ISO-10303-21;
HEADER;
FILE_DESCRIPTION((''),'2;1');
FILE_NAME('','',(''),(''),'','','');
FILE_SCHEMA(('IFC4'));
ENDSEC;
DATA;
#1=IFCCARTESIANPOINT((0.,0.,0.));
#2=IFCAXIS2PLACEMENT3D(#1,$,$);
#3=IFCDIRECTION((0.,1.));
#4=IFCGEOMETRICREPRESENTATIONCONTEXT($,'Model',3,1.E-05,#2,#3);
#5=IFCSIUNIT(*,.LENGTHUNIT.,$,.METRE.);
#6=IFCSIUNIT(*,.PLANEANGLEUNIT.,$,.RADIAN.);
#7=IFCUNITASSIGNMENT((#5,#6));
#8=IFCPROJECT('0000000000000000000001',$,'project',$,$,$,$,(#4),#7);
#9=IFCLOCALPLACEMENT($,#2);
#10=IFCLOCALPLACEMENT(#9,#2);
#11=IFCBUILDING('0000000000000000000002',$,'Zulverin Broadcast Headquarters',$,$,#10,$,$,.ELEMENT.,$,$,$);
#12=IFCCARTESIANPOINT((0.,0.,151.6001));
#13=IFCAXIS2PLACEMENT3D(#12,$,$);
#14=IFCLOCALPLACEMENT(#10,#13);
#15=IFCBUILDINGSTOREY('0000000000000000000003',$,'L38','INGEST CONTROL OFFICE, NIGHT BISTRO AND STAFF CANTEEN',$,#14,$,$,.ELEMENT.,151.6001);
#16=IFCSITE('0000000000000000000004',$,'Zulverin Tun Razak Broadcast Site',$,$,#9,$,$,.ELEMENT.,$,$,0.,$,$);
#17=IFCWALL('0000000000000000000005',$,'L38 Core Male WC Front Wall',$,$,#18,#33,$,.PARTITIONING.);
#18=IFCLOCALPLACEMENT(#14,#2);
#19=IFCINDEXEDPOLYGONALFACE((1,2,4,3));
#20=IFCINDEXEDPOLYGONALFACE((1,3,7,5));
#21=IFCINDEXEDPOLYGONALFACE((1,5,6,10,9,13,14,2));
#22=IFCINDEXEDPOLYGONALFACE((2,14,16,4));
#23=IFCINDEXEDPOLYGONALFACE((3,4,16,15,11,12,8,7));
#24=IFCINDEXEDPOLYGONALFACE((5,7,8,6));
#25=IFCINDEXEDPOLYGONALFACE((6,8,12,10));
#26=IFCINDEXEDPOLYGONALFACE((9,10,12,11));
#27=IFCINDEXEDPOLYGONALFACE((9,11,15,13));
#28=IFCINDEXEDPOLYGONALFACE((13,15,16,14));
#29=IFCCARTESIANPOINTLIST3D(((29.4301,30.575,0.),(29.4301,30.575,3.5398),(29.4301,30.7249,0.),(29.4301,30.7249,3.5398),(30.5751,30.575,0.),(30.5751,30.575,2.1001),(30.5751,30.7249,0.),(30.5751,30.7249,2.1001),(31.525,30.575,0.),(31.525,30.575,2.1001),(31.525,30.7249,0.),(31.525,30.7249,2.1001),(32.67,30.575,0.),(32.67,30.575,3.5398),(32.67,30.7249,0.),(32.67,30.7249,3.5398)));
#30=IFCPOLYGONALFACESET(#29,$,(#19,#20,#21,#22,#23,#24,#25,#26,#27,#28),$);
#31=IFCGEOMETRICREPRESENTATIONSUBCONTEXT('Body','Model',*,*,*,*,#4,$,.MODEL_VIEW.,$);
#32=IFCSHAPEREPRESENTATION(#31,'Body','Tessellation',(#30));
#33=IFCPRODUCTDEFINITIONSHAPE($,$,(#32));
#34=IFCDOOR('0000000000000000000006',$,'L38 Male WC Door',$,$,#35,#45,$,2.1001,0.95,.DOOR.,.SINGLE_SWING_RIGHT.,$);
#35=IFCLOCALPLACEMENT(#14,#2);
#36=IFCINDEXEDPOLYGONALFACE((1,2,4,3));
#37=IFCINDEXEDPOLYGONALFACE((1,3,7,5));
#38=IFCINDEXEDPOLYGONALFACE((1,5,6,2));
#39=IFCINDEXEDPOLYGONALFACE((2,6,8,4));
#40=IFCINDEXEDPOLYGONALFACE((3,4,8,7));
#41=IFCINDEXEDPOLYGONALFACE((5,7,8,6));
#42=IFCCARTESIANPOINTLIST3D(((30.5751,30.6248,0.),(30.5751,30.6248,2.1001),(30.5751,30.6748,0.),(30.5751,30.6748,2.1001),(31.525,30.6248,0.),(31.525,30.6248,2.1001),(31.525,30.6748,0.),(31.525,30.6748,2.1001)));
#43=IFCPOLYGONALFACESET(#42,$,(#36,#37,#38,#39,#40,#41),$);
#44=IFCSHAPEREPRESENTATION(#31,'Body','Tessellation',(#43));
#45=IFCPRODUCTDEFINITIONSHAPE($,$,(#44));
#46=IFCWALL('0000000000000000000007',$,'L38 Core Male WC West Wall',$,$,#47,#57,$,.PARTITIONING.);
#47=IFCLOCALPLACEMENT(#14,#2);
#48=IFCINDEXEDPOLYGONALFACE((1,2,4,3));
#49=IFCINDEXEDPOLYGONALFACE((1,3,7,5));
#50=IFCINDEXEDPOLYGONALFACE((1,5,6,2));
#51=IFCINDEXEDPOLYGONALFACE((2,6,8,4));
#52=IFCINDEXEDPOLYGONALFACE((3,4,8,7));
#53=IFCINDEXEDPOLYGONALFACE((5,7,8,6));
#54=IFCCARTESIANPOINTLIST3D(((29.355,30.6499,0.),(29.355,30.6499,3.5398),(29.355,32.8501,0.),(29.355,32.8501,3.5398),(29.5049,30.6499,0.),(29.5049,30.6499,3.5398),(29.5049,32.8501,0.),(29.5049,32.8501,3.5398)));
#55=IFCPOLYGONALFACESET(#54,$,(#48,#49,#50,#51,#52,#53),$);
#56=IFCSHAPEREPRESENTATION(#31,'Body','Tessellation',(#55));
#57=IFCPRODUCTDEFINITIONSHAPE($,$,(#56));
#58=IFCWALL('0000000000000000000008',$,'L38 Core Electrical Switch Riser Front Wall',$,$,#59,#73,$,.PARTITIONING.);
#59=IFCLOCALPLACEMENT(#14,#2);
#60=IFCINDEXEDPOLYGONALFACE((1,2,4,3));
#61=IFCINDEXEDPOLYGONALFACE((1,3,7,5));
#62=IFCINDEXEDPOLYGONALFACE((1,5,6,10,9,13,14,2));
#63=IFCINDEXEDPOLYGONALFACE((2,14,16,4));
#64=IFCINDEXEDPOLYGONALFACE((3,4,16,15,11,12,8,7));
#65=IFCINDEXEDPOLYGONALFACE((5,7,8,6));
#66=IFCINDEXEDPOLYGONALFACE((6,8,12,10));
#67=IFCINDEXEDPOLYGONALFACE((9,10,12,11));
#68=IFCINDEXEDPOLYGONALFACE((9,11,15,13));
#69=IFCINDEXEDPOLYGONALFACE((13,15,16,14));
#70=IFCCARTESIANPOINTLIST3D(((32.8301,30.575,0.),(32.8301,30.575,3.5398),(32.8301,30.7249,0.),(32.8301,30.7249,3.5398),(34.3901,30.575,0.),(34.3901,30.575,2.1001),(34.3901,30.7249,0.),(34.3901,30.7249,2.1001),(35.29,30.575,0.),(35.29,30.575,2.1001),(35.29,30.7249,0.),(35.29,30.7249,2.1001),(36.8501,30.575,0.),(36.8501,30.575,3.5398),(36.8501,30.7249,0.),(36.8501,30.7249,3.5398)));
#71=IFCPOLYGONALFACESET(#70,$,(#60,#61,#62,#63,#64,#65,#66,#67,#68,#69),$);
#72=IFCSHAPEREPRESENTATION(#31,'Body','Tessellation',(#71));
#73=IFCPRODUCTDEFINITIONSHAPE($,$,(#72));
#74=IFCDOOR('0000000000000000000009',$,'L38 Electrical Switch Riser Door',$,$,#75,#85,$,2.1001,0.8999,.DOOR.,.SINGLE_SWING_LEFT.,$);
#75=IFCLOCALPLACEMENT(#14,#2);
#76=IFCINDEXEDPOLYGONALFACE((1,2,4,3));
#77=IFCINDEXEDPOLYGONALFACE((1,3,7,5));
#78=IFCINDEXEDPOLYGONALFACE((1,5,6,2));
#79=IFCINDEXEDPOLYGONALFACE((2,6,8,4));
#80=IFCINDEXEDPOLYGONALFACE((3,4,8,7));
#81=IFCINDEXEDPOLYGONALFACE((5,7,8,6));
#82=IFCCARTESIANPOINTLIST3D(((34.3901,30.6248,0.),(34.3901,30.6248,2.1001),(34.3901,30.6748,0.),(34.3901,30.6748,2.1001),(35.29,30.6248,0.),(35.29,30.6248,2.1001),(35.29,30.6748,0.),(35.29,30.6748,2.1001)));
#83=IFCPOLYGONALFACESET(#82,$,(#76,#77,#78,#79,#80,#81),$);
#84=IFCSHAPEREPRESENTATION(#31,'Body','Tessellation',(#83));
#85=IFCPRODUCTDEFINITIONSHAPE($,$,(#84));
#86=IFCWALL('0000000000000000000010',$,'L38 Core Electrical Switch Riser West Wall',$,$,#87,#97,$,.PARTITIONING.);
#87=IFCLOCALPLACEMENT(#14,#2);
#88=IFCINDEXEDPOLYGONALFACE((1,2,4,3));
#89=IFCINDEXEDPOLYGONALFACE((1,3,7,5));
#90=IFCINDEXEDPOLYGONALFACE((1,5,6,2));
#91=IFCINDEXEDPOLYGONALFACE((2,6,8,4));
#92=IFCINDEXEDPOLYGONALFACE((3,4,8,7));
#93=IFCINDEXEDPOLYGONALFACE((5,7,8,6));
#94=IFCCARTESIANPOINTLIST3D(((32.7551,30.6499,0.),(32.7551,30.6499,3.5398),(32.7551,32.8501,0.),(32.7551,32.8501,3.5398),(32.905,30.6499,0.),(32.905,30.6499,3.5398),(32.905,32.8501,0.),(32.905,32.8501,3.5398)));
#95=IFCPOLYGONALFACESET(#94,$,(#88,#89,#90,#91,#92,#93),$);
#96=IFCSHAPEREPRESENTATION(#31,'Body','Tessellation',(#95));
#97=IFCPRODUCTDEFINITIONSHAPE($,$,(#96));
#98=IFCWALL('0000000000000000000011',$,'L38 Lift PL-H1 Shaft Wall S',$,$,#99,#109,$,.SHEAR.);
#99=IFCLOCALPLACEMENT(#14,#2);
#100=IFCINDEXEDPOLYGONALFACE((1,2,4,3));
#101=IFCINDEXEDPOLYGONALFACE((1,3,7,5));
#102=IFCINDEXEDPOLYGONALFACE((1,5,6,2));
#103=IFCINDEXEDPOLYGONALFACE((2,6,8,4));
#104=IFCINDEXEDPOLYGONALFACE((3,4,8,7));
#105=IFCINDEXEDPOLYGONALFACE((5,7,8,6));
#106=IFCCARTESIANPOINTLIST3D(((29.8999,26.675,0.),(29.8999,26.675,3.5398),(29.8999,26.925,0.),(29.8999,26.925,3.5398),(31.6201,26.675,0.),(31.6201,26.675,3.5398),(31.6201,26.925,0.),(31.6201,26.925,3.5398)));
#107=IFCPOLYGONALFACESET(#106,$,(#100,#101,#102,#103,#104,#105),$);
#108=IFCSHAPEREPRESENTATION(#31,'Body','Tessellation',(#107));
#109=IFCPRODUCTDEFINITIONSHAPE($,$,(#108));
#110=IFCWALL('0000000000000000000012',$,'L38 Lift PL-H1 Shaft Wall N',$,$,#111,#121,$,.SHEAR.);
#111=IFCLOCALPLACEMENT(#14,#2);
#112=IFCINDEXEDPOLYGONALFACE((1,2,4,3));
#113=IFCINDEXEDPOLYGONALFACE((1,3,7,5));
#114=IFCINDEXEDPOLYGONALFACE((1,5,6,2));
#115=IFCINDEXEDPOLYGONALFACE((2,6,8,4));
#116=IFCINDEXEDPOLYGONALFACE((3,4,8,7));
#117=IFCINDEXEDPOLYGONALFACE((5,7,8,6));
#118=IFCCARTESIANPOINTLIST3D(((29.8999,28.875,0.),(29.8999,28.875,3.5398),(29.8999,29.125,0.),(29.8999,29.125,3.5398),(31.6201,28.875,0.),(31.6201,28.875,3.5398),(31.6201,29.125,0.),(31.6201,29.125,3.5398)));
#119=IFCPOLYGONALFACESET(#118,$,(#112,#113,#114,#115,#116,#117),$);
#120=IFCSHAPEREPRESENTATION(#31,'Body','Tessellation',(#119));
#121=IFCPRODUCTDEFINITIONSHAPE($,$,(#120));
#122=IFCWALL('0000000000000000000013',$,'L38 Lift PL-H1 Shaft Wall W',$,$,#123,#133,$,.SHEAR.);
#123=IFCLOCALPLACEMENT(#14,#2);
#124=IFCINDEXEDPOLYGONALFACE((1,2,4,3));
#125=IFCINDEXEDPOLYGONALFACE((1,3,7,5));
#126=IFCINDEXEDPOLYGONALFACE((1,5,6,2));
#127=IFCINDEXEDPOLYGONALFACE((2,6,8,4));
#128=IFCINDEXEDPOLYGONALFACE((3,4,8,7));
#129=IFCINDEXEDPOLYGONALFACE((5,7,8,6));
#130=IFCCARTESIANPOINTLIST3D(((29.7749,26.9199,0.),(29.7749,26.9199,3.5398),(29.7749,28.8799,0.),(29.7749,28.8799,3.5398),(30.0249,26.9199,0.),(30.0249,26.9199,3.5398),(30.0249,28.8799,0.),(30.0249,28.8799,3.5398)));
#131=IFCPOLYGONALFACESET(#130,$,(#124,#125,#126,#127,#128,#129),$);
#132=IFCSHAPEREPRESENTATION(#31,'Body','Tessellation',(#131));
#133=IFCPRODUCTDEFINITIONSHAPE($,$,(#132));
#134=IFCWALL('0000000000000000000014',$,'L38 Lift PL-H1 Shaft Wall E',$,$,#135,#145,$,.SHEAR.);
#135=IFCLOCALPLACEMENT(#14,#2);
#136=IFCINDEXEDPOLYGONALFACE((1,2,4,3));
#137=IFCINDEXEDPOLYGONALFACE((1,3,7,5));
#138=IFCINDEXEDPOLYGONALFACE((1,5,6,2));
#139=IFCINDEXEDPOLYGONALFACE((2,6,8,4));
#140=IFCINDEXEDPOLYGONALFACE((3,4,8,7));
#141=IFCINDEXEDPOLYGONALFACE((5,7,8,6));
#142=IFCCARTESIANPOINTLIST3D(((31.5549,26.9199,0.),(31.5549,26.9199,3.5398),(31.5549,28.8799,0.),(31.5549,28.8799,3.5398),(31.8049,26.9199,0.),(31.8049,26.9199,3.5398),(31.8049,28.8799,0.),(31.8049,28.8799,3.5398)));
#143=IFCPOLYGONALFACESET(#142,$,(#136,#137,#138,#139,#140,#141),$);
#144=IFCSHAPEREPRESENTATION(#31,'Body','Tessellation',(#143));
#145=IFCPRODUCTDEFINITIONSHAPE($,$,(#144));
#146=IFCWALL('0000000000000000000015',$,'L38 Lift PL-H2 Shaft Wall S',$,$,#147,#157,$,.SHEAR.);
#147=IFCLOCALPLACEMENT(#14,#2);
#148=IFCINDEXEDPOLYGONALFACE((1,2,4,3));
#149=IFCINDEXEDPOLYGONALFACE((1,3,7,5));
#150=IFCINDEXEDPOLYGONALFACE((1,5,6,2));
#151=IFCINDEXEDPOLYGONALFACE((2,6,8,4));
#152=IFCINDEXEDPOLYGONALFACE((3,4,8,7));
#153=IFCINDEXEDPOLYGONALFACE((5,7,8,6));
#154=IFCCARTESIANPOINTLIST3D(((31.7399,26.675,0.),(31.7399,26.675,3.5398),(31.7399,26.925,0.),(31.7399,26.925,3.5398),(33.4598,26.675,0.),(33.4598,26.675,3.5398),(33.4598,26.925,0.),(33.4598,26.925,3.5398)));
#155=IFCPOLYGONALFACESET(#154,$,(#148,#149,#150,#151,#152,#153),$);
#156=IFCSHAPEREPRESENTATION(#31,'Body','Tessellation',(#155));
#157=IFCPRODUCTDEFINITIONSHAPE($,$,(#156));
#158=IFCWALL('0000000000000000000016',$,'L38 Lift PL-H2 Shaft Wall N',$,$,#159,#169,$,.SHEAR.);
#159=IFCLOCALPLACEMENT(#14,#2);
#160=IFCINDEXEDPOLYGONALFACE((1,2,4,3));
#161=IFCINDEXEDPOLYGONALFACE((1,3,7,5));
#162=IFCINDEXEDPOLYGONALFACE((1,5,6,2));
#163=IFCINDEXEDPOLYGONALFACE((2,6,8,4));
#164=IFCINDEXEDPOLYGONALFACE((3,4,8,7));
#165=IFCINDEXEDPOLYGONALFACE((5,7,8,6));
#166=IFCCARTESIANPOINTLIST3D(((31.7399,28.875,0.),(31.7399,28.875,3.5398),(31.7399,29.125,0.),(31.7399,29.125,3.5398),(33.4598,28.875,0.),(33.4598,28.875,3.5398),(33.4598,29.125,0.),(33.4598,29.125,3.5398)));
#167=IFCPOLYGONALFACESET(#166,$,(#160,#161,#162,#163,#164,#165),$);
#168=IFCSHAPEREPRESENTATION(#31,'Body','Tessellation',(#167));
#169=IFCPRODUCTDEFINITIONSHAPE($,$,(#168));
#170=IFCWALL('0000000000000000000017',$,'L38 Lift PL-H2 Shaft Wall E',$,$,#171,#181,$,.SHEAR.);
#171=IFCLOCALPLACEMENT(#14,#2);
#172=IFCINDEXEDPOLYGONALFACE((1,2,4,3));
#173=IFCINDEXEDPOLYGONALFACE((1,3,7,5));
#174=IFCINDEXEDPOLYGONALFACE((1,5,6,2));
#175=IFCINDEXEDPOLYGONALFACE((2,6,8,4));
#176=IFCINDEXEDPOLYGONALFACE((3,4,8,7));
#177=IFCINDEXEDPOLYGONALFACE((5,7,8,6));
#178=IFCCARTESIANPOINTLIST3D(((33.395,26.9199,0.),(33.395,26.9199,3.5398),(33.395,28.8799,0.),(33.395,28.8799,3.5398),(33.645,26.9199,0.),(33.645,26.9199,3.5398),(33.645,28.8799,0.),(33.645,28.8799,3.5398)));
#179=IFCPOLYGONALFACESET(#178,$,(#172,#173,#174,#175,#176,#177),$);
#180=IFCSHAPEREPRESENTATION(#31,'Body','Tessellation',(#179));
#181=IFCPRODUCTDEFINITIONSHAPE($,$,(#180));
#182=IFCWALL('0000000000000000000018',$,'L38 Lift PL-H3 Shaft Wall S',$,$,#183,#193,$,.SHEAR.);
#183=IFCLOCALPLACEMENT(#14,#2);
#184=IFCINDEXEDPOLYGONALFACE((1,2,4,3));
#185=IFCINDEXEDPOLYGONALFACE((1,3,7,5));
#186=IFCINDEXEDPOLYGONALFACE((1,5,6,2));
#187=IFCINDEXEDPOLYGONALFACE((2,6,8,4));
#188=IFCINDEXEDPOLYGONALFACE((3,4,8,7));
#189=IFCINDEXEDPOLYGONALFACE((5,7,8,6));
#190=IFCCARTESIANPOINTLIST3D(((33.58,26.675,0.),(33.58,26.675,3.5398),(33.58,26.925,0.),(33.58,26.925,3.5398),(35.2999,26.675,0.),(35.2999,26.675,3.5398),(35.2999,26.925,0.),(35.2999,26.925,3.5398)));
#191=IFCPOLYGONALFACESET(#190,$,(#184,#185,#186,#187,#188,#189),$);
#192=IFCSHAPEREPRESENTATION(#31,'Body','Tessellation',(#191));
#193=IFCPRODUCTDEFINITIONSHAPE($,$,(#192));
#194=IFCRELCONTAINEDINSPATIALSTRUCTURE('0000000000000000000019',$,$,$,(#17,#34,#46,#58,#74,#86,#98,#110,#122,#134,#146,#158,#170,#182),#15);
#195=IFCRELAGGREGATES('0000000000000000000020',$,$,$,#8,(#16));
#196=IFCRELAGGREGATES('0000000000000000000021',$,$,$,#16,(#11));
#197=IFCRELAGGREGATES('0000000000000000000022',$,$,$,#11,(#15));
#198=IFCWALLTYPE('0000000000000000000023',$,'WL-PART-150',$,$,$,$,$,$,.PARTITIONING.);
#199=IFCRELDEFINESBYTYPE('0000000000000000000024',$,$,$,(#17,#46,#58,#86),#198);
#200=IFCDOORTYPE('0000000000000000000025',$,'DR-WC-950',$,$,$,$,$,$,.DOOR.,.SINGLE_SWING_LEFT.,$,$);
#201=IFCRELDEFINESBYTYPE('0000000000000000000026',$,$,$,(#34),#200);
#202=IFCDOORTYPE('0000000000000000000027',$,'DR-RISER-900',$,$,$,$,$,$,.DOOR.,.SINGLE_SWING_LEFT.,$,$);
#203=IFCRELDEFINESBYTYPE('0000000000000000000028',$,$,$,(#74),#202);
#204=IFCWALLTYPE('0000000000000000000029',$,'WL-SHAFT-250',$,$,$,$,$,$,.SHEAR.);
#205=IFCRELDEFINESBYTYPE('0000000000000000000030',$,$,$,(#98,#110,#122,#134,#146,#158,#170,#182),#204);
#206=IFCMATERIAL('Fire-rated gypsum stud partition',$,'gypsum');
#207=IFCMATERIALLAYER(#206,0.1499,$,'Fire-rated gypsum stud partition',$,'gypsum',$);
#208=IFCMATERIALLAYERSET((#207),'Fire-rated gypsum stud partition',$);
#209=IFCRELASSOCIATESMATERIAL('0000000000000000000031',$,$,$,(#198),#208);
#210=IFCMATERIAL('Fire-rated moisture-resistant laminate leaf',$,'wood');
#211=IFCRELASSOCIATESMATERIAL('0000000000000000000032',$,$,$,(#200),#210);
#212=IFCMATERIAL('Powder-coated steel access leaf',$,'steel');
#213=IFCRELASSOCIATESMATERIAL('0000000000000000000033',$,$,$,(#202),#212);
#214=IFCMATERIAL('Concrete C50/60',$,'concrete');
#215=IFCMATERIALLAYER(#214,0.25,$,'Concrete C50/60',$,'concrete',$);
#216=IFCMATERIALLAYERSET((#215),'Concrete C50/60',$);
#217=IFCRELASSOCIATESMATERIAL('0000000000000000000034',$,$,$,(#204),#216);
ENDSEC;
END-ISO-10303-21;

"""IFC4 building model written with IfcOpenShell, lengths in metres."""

from ifc_helpers import new_model, si_unit, direction, frame, frame_2d, origin, place, context, subcontext, project, spatial, rectangle, extrude, material, layer, layer_set, type_object, element, fill, save


model = new_model("IFC4")

# Units and contexts
model_context = context("Model", 3, precision=1e-05, world=origin(), true_north=direction((0.0, 1.0)))
body_context = subcontext(model_context, "Body", "Model", "MODEL_VIEW")
ifc_project = project(units=[si_unit("LENGTHUNIT", "METRE"), si_unit("PLANEANGLEUNIT", "RADIAN")], contexts=[model_context])

# Site, building, storey
site_placement = place(None, origin())
site = spatial("IfcSite", under=ifc_project, at=site_placement, Name="Zulverin Tun Razak Broadcast Site", CompositionType="ELEMENT", RefElevation=0.0)
building_placement = place(site_placement, origin())
building = spatial("IfcBuilding", under=site, at=building_placement, Name="Zulverin Broadcast Headquarters", CompositionType="ELEMENT")
storey_placement = place(building_placement, frame((0.0, 0.0, 151.6001)))
storey = spatial("IfcBuildingStorey", under=building, at=storey_placement, Name="L38", Description="INGEST CONTROL OFFICE, NIGHT BISTRO AND STAFF CANTEEN", CompositionType="ELEMENT", Elevation=151.6001)

# Wall, opening, door
ifc_material_1 = material(Name="Fire-rated gypsum stud partition", Category="gypsum")
ifc_layer_1 = layer(ifc_material_1, 0.1499, Name="Fire-rated gypsum stud partition", Category="gypsum")
ifc_layer_set_1 = layer_set([ifc_layer_1], Name="Fire-rated gypsum stud partition")
wall_type_1 = type_object("IfcWallType", Name="WL-PART-150", PredefinedType="PARTITIONING", material=ifc_layer_set_1)
wall_1_placement = place(storey_placement, frame((29.4299, 30.6499, 0.0), z_axis=(0.0, 0.0, 1.0), x_axis=(1.0, 0.0, 0.0)))
wall_1 = element("IfcWall", 1, at=wall_1_placement, inside=storey, type_object=wall_type_1, Name="L38 Core Male WC Front Wall", PredefinedType="PARTITIONING", context=body_context, shape_type="SweptSolid", body=[
    extrude(rectangle(XDim=3.24, YDim=0.1499, at=frame_2d((1.6201, 0.0))), origin(), (0.0, 0.0, 1.0), 3.5398),
])
opening_1_placement = place(wall_1_placement, frame((1.145, 0.0, 0.0)))
opening_1 = element("IfcOpeningElement", 2, at=opening_1_placement, cuts=wall_1, PredefinedType="OPENING", context=body_context, shape_type="SweptSolid", body=[
    extrude(rectangle(XDim=0.95, YDim=2.1001, at=frame_2d((0.4751, 1.05))), frame((0.0, 0.085, 0.0), z_axis=(0.0, -1.0, 0.0), x_axis=(1.0, 0.0, 0.0)), (0.0, 0.0, 1.0), 0.1699),
])
ifc_material_2 = material(Name="Fire-rated moisture-resistant laminate leaf", Category="wood")
door_type_1 = type_object("IfcDoorType", Name="DR-WC-950", OperationType="SINGLE_SWING_LEFT", PredefinedType="DOOR", material=ifc_material_2)
door_1_placement = place(opening_1_placement, origin())
door_1 = element("IfcDoor", 3, at=door_1_placement, inside=storey, type_object=door_type_1, Name="L38 Male WC Door", OperationType="SINGLE_SWING_RIGHT", OverallHeight=2.1001, OverallWidth=0.95, PredefinedType="DOOR", context=body_context, shape_type="SweptSolid", body=[
    extrude(rectangle(XDim=0.95, YDim=2.1001, at=frame_2d((0.4751, 1.05))), frame((0.0, 0.0249, 0.0), z_axis=(0.0, -1.0, 0.0), x_axis=(1.0, 0.0, 0.0)), (0.0, 0.0, 1.0), 0.05),
])
fill(opening_1, door_1)

# Wall
wall_2_placement = place(storey_placement, frame((29.4299, 30.6499, 0.0), z_axis=(0.0, 0.0, 1.0), x_axis=(0.0, 1.0, 0.0)))
element("IfcWall", 4, at=wall_2_placement, inside=storey, type_object=wall_type_1, Name="L38 Core Male WC West Wall", PredefinedType="PARTITIONING", context=body_context, shape_type="SweptSolid", body=[
    extrude(rectangle(XDim=2.2002, YDim=0.1499, at=frame_2d((1.1001, 0.0))), origin(), (0.0, 0.0, 1.0), 3.5398),
])

# Wall, opening, door
wall_3_placement = place(storey_placement, frame((32.8301, 30.6499, 0.0), z_axis=(0.0, 0.0, 1.0), x_axis=(1.0, 0.0, 0.0)))
wall_3 = element("IfcWall", 5, at=wall_3_placement, inside=storey, type_object=wall_type_1, Name="L38 Core Electrical Switch Riser Front Wall", PredefinedType="PARTITIONING", context=body_context, shape_type="SweptSolid", body=[
    extrude(rectangle(XDim=4.02, YDim=0.1499, at=frame_2d((2.01, 0.0))), origin(), (0.0, 0.0, 1.0), 3.5398),
])
opening_2_placement = place(wall_3_placement, frame((1.5601, 0.0, 0.0)))
opening_2 = element("IfcOpeningElement", 6, at=opening_2_placement, cuts=wall_3, PredefinedType="OPENING", context=body_context, shape_type="SweptSolid", body=[
    extrude(rectangle(XDim=0.8999, YDim=2.1001, at=frame_2d((0.45, 1.05))), frame((0.0, 0.085, 0.0), z_axis=(0.0, -1.0, 0.0), x_axis=(1.0, 0.0, 0.0)), (0.0, 0.0, 1.0), 0.1699),
])
ifc_material_3 = material(Name="Powder-coated steel access leaf", Category="steel")
door_type_2 = type_object("IfcDoorType", Name="DR-RISER-900", OperationType="SINGLE_SWING_LEFT", PredefinedType="DOOR", material=ifc_material_3)
door_2_placement = place(opening_2_placement, origin())
door_2 = element("IfcDoor", 7, at=door_2_placement, inside=storey, type_object=door_type_2, Name="L38 Electrical Switch Riser Door", OperationType="SINGLE_SWING_LEFT", OverallHeight=2.1001, OverallWidth=0.8999, PredefinedType="DOOR", context=body_context, shape_type="SweptSolid", body=[
    extrude(rectangle(XDim=0.8999, YDim=2.1001, at=frame_2d((0.45, 1.05))), frame((0.0, 0.0249, 0.0), z_axis=(0.0, -1.0, 0.0), x_axis=(1.0, 0.0, 0.0)), (0.0, 0.0, 1.0), 0.05),
])
fill(opening_2, door_2)

# Wall
wall_4_placement = place(storey_placement, frame((32.8301, 30.6499, 0.0), z_axis=(0.0, 0.0, 1.0), x_axis=(0.0, 1.0, 0.0)))
element("IfcWall", 8, at=wall_4_placement, inside=storey, type_object=wall_type_1, Name="L38 Core Electrical Switch Riser West Wall", PredefinedType="PARTITIONING", context=body_context, shape_type="SweptSolid", body=[
    extrude(rectangle(XDim=2.2002, YDim=0.1499, at=frame_2d((1.1001, 0.0))), origin(), (0.0, 0.0, 1.0), 3.5398),
])

# Shared definitions
ifc_material_4 = material(Name="Concrete C50/60", Category="concrete")
ifc_layer_2 = layer(ifc_material_4, 0.25, Name="Concrete C50/60", Category="concrete")
ifc_layer_set_2 = layer_set([ifc_layer_2], Name="Concrete C50/60")
wall_type_2 = type_object("IfcWallType", Name="WL-SHAFT-250", PredefinedType="SHEAR", material=ifc_layer_set_2)

# Walls
for number, where, z_axis, x_axis, name in (
    (9, (29.8999, 26.8, 0.0), (0.0, 0.0, 1.0), (1.0, 0.0, 0.0), "L38 Lift PL-H1 Shaft Wall S"),
    (10, (29.8999, 29.0, 0.0), (0.0, 0.0, 1.0), (1.0, 0.0, 0.0), "L38 Lift PL-H1 Shaft Wall N"),
):
    element("IfcWall", number, at=place(storey_placement, frame(where, z_axis=z_axis, x_axis=x_axis)), inside=storey, type_object=wall_type_2, Name=name, PredefinedType="SHEAR", context=body_context, shape_type="SweptSolid", body=[
        extrude(rectangle(XDim=1.7202, YDim=0.25, at=frame_2d((0.8601, 0.0))), origin(), (0.0, 0.0, 1.0), 3.5398),
    ])
for number, where, z_axis, x_axis, name in (
    (11, (29.8999, 26.9199, 0.0), (0.0, 0.0, 1.0), (0.0, 1.0, 0.0), "L38 Lift PL-H1 Shaft Wall W"),
    (12, (31.6799, 26.9199, 0.0), (0.0, 0.0, 1.0), (0.0, 1.0, 0.0), "L38 Lift PL-H1 Shaft Wall E"),
):
    element("IfcWall", number, at=place(storey_placement, frame(where, z_axis=z_axis, x_axis=x_axis)), inside=storey, type_object=wall_type_2, Name=name, PredefinedType="SHEAR", context=body_context, shape_type="SweptSolid", body=[
        extrude(rectangle(XDim=1.96, YDim=0.25, at=frame_2d((0.98, 0.0))), origin(), (0.0, 0.0, 1.0), 3.5398),
    ])
for number, where, z_axis, x_axis, name in (
    (13, (31.74, 26.8, 0.0), (0.0, 0.0, 1.0), (1.0, 0.0, 0.0), "L38 Lift PL-H2 Shaft Wall S"),
    (14, (31.74, 29.0, 0.0), (0.0, 0.0, 1.0), (1.0, 0.0, 0.0), "L38 Lift PL-H2 Shaft Wall N"),
):
    element("IfcWall", number, at=place(storey_placement, frame(where, z_axis=z_axis, x_axis=x_axis)), inside=storey, type_object=wall_type_2, Name=name, PredefinedType="SHEAR", context=body_context, shape_type="SweptSolid", body=[
        extrude(rectangle(XDim=1.72, YDim=0.25, at=frame_2d((0.8599, 0.0))), origin(), (0.0, 0.0, 1.0), 3.5398),
    ])
wall_5_placement = place(storey_placement, frame((33.52, 26.9199, 0.0), z_axis=(0.0, 0.0, 1.0), x_axis=(0.0, 1.0, 0.0)))
element("IfcWall", 15, at=wall_5_placement, inside=storey, type_object=wall_type_2, Name="L38 Lift PL-H2 Shaft Wall E", PredefinedType="SHEAR", context=body_context, shape_type="SweptSolid", body=[
    extrude(rectangle(XDim=1.96, YDim=0.25, at=frame_2d((0.98, 0.0))), origin(), (0.0, 0.0, 1.0), 3.5398),
])
for number, where, z_axis, x_axis, name in (
    (16, (33.5801, 26.8, 0.0), (0.0, 0.0, 1.0), (1.0, 0.0, 0.0), "L38 Lift PL-H3 Shaft Wall S"),
):
    element("IfcWall", number, at=place(storey_placement, frame(where, z_axis=z_axis, x_axis=x_axis)), inside=storey, type_object=wall_type_2, Name=name, PredefinedType="SHEAR", context=body_context, shape_type="SweptSolid", body=[
        extrude(rectangle(XDim=1.72, YDim=0.25, at=frame_2d((0.8599, 0.0))), origin(), (0.0, 0.0, 1.0), 3.5398),
    ])

save(model, "model.ifc")
